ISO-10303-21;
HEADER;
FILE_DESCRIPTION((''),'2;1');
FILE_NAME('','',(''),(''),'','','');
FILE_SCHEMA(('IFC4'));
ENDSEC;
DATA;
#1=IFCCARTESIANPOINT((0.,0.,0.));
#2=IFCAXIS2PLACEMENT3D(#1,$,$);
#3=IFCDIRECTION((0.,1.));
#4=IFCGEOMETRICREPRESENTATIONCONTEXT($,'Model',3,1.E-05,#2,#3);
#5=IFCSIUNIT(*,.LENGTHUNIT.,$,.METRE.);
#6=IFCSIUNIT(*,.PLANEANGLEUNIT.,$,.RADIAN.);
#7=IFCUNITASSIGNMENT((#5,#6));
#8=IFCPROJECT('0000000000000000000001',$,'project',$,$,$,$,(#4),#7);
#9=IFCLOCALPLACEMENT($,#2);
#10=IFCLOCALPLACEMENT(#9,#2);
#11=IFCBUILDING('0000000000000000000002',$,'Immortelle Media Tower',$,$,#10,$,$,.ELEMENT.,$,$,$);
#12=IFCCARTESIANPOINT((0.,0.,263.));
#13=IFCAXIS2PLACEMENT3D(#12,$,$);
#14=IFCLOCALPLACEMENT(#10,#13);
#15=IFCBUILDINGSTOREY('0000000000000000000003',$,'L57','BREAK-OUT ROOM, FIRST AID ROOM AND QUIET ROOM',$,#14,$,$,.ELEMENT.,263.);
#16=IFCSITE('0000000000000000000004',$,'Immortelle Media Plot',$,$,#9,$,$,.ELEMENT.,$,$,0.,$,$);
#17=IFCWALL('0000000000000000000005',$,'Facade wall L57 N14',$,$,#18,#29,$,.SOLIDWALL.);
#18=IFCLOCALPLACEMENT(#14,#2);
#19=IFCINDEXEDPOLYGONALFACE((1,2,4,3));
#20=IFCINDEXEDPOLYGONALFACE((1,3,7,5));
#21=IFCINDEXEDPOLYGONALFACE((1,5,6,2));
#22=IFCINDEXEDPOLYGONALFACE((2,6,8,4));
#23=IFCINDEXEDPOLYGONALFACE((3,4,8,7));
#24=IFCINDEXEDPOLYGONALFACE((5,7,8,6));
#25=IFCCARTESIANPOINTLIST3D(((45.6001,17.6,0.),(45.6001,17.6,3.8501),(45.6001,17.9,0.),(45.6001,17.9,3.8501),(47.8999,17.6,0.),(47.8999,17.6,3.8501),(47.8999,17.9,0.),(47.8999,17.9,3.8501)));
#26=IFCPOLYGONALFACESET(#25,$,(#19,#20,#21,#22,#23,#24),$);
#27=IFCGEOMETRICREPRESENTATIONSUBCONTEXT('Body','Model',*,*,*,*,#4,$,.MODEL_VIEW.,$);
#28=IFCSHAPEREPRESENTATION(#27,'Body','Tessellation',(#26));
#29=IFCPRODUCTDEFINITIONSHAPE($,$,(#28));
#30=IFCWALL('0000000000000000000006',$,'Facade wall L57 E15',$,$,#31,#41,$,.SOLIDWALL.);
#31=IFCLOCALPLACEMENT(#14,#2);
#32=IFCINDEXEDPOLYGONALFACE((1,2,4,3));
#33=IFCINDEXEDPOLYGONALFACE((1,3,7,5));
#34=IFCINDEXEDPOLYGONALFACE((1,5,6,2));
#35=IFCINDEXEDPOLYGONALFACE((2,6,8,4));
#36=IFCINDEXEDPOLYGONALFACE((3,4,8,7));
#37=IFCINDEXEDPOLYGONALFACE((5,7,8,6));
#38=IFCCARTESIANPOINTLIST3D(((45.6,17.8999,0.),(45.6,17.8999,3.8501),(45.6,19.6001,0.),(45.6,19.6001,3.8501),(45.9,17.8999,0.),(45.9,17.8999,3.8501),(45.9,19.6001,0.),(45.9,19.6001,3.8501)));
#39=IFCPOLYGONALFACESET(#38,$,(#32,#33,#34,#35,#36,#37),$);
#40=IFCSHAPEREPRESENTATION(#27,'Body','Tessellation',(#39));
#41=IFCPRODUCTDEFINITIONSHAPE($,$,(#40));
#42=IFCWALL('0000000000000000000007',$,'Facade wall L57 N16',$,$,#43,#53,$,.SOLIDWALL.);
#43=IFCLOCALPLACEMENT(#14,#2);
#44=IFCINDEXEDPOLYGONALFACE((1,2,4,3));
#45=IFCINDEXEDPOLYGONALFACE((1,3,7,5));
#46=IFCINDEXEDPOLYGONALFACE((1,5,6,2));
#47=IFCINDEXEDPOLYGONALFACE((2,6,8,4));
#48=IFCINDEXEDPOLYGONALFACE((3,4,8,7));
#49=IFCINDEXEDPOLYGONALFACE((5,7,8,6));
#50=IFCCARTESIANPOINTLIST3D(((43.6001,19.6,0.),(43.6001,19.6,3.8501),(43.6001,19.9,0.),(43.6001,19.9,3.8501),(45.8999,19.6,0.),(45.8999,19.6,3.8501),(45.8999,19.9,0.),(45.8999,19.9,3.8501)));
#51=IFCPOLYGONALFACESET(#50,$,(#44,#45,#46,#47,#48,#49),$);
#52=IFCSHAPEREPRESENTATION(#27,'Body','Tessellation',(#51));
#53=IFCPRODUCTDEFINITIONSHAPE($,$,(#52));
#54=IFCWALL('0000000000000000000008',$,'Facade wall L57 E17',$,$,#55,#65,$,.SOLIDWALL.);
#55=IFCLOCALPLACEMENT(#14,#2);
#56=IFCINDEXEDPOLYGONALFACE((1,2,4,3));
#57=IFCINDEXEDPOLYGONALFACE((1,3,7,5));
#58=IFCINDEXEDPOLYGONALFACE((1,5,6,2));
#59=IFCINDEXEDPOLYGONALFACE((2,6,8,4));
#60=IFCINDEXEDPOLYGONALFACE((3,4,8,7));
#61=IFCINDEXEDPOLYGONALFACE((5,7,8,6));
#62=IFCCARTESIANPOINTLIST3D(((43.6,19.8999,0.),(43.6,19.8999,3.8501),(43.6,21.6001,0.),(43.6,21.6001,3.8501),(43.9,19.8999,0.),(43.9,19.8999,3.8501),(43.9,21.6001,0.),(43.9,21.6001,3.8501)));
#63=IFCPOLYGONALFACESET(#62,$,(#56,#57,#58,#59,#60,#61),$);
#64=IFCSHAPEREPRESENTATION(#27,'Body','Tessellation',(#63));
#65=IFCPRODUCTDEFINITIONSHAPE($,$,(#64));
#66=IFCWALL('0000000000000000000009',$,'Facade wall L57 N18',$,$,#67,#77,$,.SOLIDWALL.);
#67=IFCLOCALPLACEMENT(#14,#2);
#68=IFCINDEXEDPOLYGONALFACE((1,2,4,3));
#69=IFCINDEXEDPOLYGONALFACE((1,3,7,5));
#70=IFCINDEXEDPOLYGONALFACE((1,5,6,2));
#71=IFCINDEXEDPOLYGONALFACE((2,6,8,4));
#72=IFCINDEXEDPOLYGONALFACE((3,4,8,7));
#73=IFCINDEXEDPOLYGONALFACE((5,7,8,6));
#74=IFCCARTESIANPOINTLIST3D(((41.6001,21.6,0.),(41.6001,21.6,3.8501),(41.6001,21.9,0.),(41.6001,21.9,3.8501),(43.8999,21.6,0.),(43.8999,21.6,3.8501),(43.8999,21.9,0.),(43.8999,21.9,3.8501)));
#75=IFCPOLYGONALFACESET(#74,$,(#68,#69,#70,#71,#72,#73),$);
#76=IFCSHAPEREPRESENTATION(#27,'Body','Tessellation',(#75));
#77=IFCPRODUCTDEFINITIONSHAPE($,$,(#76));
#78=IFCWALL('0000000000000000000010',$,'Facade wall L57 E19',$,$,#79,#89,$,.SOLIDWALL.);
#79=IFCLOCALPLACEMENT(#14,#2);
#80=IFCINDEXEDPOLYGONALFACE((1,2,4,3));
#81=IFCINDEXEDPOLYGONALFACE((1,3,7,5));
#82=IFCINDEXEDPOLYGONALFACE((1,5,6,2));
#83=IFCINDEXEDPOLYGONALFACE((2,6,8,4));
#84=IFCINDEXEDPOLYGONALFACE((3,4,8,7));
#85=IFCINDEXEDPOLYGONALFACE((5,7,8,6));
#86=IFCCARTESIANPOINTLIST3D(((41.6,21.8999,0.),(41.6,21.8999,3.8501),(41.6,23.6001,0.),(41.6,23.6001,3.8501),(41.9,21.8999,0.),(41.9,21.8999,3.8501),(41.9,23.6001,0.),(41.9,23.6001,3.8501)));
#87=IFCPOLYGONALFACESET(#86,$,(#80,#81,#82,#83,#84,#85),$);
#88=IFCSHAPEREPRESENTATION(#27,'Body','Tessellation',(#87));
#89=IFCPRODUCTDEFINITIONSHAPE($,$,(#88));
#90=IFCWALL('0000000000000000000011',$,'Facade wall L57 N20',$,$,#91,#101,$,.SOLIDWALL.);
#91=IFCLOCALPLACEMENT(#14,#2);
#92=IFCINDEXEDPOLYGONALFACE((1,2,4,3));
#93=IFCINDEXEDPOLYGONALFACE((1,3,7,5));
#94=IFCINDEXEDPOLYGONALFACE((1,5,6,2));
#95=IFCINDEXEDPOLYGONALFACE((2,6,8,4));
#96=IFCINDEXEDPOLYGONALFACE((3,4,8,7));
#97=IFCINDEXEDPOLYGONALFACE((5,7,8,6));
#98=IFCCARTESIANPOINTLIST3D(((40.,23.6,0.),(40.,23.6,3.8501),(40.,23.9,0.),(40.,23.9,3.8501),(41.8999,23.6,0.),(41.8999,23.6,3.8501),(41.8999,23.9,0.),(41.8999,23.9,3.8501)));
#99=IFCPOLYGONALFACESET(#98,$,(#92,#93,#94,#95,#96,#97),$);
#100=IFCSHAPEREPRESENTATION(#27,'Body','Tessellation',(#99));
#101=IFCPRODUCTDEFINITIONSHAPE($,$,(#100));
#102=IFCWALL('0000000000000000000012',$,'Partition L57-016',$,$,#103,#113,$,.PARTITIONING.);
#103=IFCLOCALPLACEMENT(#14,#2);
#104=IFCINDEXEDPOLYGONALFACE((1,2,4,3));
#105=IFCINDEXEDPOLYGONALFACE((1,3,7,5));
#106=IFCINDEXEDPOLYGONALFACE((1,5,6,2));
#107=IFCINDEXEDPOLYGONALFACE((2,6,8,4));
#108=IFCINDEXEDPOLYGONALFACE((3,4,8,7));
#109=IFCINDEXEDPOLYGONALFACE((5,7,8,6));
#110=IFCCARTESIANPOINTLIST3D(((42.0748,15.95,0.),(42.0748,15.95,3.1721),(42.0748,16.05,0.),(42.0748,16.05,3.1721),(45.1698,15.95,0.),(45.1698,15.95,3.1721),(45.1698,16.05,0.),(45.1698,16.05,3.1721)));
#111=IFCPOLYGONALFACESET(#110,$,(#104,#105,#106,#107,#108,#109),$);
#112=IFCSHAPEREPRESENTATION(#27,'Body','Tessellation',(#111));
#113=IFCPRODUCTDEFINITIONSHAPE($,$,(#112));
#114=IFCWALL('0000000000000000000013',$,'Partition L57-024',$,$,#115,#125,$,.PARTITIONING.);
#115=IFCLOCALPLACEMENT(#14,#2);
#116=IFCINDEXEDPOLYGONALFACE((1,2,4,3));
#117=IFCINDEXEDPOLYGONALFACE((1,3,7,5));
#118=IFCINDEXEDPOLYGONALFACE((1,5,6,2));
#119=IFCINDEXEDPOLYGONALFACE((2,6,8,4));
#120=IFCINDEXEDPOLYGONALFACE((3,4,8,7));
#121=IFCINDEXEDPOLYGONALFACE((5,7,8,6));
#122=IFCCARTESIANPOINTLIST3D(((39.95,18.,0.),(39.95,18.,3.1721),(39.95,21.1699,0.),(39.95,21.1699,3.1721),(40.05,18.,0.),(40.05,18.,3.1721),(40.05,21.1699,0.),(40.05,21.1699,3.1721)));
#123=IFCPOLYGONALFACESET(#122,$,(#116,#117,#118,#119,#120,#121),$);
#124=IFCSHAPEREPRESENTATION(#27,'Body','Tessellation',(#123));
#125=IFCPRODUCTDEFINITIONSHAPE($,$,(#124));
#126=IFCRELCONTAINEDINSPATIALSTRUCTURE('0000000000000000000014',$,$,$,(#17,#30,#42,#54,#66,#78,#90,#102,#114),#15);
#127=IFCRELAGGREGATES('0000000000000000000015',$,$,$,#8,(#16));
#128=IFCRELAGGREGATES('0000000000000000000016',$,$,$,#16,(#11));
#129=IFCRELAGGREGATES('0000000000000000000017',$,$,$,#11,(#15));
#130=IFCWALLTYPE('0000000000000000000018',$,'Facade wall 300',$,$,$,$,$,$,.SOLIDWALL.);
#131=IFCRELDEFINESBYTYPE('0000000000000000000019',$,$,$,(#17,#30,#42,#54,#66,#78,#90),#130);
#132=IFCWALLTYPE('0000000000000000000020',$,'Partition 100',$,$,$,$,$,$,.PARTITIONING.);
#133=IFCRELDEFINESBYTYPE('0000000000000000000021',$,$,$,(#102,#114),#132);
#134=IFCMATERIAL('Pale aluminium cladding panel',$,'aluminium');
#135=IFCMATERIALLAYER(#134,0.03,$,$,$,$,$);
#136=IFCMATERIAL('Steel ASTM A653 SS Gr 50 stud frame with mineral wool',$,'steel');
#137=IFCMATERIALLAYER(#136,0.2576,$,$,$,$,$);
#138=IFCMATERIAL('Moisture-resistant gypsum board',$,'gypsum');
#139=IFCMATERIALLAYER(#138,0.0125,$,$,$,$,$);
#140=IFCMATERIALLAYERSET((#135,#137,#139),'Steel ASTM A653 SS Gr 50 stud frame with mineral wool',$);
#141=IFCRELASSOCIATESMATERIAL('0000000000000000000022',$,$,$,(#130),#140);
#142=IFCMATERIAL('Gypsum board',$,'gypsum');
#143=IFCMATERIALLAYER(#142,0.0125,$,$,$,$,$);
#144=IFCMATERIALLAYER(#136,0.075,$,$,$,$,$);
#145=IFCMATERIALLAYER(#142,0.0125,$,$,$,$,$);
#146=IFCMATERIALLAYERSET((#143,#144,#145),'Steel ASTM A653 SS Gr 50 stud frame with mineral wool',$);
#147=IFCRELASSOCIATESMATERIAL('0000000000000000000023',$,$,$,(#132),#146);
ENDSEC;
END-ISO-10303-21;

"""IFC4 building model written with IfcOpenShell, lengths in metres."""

from ifc_helpers import new_model, si_unit, direction, frame, frame_2d, origin, place, context, subcontext, project, spatial, rectangle, extrude, material, layer, layer_set, type_object, element, save


model = new_model("IFC4")

# Units and contexts
model_context = context("Model", 3, precision=1e-05, world=origin(), true_north=direction((0.0, 1.0)))
body_context = subcontext(model_context, "Body", "Model", "MODEL_VIEW")
ifc_project = project(units=[si_unit("LENGTHUNIT", "METRE"), si_unit("PLANEANGLEUNIT", "RADIAN")], contexts=[model_context])

# Site, building, storey
site_placement = place(None, origin())
site = spatial("IfcSite", under=ifc_project, at=site_placement, Name="Immortelle Media Plot", CompositionType="ELEMENT", RefElevation=0.0)
building_placement = place(site_placement, origin())
building = spatial("IfcBuilding", under=site, at=building_placement, Name="Immortelle Media Tower", CompositionType="ELEMENT")
storey_placement = place(building_placement, frame((0.0, 0.0, 263.0)))
storey = spatial("IfcBuildingStorey", under=building, at=storey_placement, Name="L57", Description="BREAK-OUT ROOM, FIRST AID ROOM AND QUIET ROOM", CompositionType="ELEMENT", Elevation=263.0)

# Walls
ifc_material_1 = material(Name="Steel ASTM A653 SS Gr 50 stud frame with mineral wool", Category="steel")
ifc_material_2 = material(Name="Pale aluminium cladding panel", Category="aluminium")
ifc_layer_1 = layer(ifc_material_2, 0.03)
ifc_layer_2 = layer(ifc_material_1, 0.2576)
ifc_material_3 = material(Name="Moisture-resistant gypsum board", Category="gypsum")
ifc_layer_3 = layer(ifc_material_3, 0.0125)
ifc_layer_set_1 = layer_set([ifc_layer_1, ifc_layer_2, ifc_layer_3], Name="Steel ASTM A653 SS Gr 50 stud frame with mineral wool")
wall_type_1 = type_object("IfcWallType", Name="Facade wall 300", PredefinedType="SOLIDWALL", material=ifc_layer_set_1)
wall_1_placement = place(storey_placement, frame((47.8999, 17.75, 0.0), z_axis=(0.0, 0.0, 1.0), x_axis=(-1.0, 0.0, 0.0)))
element("IfcWall", 1, at=wall_1_placement, inside=storey, type_object=wall_type_1, Name="Facade wall L57 N14", PredefinedType="SOLIDWALL", context=body_context, shape_type="SweptSolid", body=[
    extrude(rectangle(XDim=2.2998, YDim=0.3, at=frame_2d((1.1499, 0.0))), origin(), (0.0, 0.0, 1.0), 3.8501),
])
wall_2_placement = place(storey_placement, frame((45.75, 17.8999, 0.0), z_axis=(0.0, 0.0, 1.0), x_axis=(0.0, 1.0, 0.0)))
element("IfcWall", 2, at=wall_2_placement, inside=storey, type_object=wall_type_1, Name="Facade wall L57 E15", PredefinedType="SOLIDWALL", context=body_context, shape_type="SweptSolid", body=[
    extrude(rectangle(XDim=1.7002, YDim=0.3, at=frame_2d((0.8501, 0.0))), origin(), (0.0, 0.0, 1.0), 3.8501),
])
wall_3_placement = place(storey_placement, frame((45.8999, 19.75, 0.0), z_axis=(0.0, 0.0, 1.0), x_axis=(-1.0, 0.0, 0.0)))
element("IfcWall", 3, at=wall_3_placement, inside=storey, type_object=wall_type_1, Name="Facade wall L57 N16", PredefinedType="SOLIDWALL", context=body_context, shape_type="SweptSolid", body=[
    extrude(rectangle(XDim=2.2998, YDim=0.3, at=frame_2d((1.1499, 0.0))), origin(), (0.0, 0.0, 1.0), 3.8501),
])
wall_4_placement = place(storey_placement, frame((43.75, 19.8999, 0.0), z_axis=(0.0, 0.0, 1.0), x_axis=(0.0, 1.0, 0.0)))
element("IfcWall", 4, at=wall_4_placement, inside=storey, type_object=wall_type_1, Name="Facade wall L57 E17", PredefinedType="SOLIDWALL", context=body_context, shape_type="SweptSolid", body=[
    extrude(rectangle(XDim=1.7002, YDim=0.3, at=frame_2d((0.8501, 0.0))), origin(), (0.0, 0.0, 1.0), 3.8501),
])
wall_5_placement = place(storey_placement, frame((43.8999, 21.75, 0.0), z_axis=(0.0, 0.0, 1.0), x_axis=(-1.0, 0.0, 0.0)))
element("IfcWall", 5, at=wall_5_placement, inside=storey, type_object=wall_type_1, Name="Facade wall L57 N18", PredefinedType="SOLIDWALL", context=body_context, shape_type="SweptSolid", body=[
    extrude(rectangle(XDim=2.2998, YDim=0.3, at=frame_2d((1.1499, 0.0))), origin(), (0.0, 0.0, 1.0), 3.8501),
])
wall_6_placement = place(storey_placement, frame((41.75, 21.8999, 0.0), z_axis=(0.0, 0.0, 1.0), x_axis=(0.0, 1.0, 0.0)))
element("IfcWall", 6, at=wall_6_placement, inside=storey, type_object=wall_type_1, Name="Facade wall L57 E19", PredefinedType="SOLIDWALL", context=body_context, shape_type="SweptSolid", body=[
    extrude(rectangle(XDim=1.7002, YDim=0.3, at=frame_2d((0.8501, 0.0))), origin(), (0.0, 0.0, 1.0), 3.8501),
])
wall_7_placement = place(storey_placement, frame((41.8999, 23.75, 0.0), z_axis=(0.0, 0.0, 1.0), x_axis=(-1.0, 0.0, 0.0)))
element("IfcWall", 7, at=wall_7_placement, inside=storey, type_object=wall_type_1, Name="Facade wall L57 N20", PredefinedType="SOLIDWALL", context=body_context, shape_type="SweptSolid", body=[
    extrude(rectangle(XDim=1.8999, YDim=0.3, at=frame_2d((0.95, 0.0))), origin(), (0.0, 0.0, 1.0), 3.8501),
])
ifc_material_4 = material(Name="Gypsum board", Category="gypsum")
ifc_layer_4 = layer(ifc_material_4, 0.0125)
ifc_layer_5 = layer(ifc_material_1, 0.075)
ifc_layer_6 = layer(ifc_material_4, 0.0125)
ifc_layer_set_2 = layer_set([ifc_layer_4, ifc_layer_5, ifc_layer_6], Name="Steel ASTM A653 SS Gr 50 stud frame with mineral wool")
wall_type_2 = type_object("IfcWallType", Name="Partition 100", PredefinedType="PARTITIONING", material=ifc_layer_set_2)
wall_8_placement = place(storey_placement, frame((42.075, 16.0, 0.0), z_axis=(0.0, 0.0, 1.0), x_axis=(1.0, 0.0, 0.0)))
element("IfcWall", 8, at=wall_8_placement, inside=storey, type_object=wall_type_2, Name="Partition L57-016", PredefinedType="PARTITIONING", context=body_context, shape_type="SweptSolid", body=[
    extrude(rectangle(XDim=3.095, YDim=0.1001, at=frame_2d((1.5474, 0.0))), origin(), (0.0, 0.0, 1.0), 3.1721),
])
wall_9_placement = place(storey_placement, frame((40.0, 18.0, 0.0), z_axis=(0.0, 0.0, 1.0), x_axis=(0.0, 1.0, 0.0)))
element("IfcWall", 9, at=wall_9_placement, inside=storey, type_object=wall_type_2, Name="Partition L57-024", PredefinedType="PARTITIONING", context=body_context, shape_type="SweptSolid", body=[
    extrude(rectangle(XDim=3.1699, YDim=0.1001, at=frame_2d((1.585, 0.0))), origin(), (0.0, 0.0, 1.0), 3.1721),
])

save(model, "model.ifc")
